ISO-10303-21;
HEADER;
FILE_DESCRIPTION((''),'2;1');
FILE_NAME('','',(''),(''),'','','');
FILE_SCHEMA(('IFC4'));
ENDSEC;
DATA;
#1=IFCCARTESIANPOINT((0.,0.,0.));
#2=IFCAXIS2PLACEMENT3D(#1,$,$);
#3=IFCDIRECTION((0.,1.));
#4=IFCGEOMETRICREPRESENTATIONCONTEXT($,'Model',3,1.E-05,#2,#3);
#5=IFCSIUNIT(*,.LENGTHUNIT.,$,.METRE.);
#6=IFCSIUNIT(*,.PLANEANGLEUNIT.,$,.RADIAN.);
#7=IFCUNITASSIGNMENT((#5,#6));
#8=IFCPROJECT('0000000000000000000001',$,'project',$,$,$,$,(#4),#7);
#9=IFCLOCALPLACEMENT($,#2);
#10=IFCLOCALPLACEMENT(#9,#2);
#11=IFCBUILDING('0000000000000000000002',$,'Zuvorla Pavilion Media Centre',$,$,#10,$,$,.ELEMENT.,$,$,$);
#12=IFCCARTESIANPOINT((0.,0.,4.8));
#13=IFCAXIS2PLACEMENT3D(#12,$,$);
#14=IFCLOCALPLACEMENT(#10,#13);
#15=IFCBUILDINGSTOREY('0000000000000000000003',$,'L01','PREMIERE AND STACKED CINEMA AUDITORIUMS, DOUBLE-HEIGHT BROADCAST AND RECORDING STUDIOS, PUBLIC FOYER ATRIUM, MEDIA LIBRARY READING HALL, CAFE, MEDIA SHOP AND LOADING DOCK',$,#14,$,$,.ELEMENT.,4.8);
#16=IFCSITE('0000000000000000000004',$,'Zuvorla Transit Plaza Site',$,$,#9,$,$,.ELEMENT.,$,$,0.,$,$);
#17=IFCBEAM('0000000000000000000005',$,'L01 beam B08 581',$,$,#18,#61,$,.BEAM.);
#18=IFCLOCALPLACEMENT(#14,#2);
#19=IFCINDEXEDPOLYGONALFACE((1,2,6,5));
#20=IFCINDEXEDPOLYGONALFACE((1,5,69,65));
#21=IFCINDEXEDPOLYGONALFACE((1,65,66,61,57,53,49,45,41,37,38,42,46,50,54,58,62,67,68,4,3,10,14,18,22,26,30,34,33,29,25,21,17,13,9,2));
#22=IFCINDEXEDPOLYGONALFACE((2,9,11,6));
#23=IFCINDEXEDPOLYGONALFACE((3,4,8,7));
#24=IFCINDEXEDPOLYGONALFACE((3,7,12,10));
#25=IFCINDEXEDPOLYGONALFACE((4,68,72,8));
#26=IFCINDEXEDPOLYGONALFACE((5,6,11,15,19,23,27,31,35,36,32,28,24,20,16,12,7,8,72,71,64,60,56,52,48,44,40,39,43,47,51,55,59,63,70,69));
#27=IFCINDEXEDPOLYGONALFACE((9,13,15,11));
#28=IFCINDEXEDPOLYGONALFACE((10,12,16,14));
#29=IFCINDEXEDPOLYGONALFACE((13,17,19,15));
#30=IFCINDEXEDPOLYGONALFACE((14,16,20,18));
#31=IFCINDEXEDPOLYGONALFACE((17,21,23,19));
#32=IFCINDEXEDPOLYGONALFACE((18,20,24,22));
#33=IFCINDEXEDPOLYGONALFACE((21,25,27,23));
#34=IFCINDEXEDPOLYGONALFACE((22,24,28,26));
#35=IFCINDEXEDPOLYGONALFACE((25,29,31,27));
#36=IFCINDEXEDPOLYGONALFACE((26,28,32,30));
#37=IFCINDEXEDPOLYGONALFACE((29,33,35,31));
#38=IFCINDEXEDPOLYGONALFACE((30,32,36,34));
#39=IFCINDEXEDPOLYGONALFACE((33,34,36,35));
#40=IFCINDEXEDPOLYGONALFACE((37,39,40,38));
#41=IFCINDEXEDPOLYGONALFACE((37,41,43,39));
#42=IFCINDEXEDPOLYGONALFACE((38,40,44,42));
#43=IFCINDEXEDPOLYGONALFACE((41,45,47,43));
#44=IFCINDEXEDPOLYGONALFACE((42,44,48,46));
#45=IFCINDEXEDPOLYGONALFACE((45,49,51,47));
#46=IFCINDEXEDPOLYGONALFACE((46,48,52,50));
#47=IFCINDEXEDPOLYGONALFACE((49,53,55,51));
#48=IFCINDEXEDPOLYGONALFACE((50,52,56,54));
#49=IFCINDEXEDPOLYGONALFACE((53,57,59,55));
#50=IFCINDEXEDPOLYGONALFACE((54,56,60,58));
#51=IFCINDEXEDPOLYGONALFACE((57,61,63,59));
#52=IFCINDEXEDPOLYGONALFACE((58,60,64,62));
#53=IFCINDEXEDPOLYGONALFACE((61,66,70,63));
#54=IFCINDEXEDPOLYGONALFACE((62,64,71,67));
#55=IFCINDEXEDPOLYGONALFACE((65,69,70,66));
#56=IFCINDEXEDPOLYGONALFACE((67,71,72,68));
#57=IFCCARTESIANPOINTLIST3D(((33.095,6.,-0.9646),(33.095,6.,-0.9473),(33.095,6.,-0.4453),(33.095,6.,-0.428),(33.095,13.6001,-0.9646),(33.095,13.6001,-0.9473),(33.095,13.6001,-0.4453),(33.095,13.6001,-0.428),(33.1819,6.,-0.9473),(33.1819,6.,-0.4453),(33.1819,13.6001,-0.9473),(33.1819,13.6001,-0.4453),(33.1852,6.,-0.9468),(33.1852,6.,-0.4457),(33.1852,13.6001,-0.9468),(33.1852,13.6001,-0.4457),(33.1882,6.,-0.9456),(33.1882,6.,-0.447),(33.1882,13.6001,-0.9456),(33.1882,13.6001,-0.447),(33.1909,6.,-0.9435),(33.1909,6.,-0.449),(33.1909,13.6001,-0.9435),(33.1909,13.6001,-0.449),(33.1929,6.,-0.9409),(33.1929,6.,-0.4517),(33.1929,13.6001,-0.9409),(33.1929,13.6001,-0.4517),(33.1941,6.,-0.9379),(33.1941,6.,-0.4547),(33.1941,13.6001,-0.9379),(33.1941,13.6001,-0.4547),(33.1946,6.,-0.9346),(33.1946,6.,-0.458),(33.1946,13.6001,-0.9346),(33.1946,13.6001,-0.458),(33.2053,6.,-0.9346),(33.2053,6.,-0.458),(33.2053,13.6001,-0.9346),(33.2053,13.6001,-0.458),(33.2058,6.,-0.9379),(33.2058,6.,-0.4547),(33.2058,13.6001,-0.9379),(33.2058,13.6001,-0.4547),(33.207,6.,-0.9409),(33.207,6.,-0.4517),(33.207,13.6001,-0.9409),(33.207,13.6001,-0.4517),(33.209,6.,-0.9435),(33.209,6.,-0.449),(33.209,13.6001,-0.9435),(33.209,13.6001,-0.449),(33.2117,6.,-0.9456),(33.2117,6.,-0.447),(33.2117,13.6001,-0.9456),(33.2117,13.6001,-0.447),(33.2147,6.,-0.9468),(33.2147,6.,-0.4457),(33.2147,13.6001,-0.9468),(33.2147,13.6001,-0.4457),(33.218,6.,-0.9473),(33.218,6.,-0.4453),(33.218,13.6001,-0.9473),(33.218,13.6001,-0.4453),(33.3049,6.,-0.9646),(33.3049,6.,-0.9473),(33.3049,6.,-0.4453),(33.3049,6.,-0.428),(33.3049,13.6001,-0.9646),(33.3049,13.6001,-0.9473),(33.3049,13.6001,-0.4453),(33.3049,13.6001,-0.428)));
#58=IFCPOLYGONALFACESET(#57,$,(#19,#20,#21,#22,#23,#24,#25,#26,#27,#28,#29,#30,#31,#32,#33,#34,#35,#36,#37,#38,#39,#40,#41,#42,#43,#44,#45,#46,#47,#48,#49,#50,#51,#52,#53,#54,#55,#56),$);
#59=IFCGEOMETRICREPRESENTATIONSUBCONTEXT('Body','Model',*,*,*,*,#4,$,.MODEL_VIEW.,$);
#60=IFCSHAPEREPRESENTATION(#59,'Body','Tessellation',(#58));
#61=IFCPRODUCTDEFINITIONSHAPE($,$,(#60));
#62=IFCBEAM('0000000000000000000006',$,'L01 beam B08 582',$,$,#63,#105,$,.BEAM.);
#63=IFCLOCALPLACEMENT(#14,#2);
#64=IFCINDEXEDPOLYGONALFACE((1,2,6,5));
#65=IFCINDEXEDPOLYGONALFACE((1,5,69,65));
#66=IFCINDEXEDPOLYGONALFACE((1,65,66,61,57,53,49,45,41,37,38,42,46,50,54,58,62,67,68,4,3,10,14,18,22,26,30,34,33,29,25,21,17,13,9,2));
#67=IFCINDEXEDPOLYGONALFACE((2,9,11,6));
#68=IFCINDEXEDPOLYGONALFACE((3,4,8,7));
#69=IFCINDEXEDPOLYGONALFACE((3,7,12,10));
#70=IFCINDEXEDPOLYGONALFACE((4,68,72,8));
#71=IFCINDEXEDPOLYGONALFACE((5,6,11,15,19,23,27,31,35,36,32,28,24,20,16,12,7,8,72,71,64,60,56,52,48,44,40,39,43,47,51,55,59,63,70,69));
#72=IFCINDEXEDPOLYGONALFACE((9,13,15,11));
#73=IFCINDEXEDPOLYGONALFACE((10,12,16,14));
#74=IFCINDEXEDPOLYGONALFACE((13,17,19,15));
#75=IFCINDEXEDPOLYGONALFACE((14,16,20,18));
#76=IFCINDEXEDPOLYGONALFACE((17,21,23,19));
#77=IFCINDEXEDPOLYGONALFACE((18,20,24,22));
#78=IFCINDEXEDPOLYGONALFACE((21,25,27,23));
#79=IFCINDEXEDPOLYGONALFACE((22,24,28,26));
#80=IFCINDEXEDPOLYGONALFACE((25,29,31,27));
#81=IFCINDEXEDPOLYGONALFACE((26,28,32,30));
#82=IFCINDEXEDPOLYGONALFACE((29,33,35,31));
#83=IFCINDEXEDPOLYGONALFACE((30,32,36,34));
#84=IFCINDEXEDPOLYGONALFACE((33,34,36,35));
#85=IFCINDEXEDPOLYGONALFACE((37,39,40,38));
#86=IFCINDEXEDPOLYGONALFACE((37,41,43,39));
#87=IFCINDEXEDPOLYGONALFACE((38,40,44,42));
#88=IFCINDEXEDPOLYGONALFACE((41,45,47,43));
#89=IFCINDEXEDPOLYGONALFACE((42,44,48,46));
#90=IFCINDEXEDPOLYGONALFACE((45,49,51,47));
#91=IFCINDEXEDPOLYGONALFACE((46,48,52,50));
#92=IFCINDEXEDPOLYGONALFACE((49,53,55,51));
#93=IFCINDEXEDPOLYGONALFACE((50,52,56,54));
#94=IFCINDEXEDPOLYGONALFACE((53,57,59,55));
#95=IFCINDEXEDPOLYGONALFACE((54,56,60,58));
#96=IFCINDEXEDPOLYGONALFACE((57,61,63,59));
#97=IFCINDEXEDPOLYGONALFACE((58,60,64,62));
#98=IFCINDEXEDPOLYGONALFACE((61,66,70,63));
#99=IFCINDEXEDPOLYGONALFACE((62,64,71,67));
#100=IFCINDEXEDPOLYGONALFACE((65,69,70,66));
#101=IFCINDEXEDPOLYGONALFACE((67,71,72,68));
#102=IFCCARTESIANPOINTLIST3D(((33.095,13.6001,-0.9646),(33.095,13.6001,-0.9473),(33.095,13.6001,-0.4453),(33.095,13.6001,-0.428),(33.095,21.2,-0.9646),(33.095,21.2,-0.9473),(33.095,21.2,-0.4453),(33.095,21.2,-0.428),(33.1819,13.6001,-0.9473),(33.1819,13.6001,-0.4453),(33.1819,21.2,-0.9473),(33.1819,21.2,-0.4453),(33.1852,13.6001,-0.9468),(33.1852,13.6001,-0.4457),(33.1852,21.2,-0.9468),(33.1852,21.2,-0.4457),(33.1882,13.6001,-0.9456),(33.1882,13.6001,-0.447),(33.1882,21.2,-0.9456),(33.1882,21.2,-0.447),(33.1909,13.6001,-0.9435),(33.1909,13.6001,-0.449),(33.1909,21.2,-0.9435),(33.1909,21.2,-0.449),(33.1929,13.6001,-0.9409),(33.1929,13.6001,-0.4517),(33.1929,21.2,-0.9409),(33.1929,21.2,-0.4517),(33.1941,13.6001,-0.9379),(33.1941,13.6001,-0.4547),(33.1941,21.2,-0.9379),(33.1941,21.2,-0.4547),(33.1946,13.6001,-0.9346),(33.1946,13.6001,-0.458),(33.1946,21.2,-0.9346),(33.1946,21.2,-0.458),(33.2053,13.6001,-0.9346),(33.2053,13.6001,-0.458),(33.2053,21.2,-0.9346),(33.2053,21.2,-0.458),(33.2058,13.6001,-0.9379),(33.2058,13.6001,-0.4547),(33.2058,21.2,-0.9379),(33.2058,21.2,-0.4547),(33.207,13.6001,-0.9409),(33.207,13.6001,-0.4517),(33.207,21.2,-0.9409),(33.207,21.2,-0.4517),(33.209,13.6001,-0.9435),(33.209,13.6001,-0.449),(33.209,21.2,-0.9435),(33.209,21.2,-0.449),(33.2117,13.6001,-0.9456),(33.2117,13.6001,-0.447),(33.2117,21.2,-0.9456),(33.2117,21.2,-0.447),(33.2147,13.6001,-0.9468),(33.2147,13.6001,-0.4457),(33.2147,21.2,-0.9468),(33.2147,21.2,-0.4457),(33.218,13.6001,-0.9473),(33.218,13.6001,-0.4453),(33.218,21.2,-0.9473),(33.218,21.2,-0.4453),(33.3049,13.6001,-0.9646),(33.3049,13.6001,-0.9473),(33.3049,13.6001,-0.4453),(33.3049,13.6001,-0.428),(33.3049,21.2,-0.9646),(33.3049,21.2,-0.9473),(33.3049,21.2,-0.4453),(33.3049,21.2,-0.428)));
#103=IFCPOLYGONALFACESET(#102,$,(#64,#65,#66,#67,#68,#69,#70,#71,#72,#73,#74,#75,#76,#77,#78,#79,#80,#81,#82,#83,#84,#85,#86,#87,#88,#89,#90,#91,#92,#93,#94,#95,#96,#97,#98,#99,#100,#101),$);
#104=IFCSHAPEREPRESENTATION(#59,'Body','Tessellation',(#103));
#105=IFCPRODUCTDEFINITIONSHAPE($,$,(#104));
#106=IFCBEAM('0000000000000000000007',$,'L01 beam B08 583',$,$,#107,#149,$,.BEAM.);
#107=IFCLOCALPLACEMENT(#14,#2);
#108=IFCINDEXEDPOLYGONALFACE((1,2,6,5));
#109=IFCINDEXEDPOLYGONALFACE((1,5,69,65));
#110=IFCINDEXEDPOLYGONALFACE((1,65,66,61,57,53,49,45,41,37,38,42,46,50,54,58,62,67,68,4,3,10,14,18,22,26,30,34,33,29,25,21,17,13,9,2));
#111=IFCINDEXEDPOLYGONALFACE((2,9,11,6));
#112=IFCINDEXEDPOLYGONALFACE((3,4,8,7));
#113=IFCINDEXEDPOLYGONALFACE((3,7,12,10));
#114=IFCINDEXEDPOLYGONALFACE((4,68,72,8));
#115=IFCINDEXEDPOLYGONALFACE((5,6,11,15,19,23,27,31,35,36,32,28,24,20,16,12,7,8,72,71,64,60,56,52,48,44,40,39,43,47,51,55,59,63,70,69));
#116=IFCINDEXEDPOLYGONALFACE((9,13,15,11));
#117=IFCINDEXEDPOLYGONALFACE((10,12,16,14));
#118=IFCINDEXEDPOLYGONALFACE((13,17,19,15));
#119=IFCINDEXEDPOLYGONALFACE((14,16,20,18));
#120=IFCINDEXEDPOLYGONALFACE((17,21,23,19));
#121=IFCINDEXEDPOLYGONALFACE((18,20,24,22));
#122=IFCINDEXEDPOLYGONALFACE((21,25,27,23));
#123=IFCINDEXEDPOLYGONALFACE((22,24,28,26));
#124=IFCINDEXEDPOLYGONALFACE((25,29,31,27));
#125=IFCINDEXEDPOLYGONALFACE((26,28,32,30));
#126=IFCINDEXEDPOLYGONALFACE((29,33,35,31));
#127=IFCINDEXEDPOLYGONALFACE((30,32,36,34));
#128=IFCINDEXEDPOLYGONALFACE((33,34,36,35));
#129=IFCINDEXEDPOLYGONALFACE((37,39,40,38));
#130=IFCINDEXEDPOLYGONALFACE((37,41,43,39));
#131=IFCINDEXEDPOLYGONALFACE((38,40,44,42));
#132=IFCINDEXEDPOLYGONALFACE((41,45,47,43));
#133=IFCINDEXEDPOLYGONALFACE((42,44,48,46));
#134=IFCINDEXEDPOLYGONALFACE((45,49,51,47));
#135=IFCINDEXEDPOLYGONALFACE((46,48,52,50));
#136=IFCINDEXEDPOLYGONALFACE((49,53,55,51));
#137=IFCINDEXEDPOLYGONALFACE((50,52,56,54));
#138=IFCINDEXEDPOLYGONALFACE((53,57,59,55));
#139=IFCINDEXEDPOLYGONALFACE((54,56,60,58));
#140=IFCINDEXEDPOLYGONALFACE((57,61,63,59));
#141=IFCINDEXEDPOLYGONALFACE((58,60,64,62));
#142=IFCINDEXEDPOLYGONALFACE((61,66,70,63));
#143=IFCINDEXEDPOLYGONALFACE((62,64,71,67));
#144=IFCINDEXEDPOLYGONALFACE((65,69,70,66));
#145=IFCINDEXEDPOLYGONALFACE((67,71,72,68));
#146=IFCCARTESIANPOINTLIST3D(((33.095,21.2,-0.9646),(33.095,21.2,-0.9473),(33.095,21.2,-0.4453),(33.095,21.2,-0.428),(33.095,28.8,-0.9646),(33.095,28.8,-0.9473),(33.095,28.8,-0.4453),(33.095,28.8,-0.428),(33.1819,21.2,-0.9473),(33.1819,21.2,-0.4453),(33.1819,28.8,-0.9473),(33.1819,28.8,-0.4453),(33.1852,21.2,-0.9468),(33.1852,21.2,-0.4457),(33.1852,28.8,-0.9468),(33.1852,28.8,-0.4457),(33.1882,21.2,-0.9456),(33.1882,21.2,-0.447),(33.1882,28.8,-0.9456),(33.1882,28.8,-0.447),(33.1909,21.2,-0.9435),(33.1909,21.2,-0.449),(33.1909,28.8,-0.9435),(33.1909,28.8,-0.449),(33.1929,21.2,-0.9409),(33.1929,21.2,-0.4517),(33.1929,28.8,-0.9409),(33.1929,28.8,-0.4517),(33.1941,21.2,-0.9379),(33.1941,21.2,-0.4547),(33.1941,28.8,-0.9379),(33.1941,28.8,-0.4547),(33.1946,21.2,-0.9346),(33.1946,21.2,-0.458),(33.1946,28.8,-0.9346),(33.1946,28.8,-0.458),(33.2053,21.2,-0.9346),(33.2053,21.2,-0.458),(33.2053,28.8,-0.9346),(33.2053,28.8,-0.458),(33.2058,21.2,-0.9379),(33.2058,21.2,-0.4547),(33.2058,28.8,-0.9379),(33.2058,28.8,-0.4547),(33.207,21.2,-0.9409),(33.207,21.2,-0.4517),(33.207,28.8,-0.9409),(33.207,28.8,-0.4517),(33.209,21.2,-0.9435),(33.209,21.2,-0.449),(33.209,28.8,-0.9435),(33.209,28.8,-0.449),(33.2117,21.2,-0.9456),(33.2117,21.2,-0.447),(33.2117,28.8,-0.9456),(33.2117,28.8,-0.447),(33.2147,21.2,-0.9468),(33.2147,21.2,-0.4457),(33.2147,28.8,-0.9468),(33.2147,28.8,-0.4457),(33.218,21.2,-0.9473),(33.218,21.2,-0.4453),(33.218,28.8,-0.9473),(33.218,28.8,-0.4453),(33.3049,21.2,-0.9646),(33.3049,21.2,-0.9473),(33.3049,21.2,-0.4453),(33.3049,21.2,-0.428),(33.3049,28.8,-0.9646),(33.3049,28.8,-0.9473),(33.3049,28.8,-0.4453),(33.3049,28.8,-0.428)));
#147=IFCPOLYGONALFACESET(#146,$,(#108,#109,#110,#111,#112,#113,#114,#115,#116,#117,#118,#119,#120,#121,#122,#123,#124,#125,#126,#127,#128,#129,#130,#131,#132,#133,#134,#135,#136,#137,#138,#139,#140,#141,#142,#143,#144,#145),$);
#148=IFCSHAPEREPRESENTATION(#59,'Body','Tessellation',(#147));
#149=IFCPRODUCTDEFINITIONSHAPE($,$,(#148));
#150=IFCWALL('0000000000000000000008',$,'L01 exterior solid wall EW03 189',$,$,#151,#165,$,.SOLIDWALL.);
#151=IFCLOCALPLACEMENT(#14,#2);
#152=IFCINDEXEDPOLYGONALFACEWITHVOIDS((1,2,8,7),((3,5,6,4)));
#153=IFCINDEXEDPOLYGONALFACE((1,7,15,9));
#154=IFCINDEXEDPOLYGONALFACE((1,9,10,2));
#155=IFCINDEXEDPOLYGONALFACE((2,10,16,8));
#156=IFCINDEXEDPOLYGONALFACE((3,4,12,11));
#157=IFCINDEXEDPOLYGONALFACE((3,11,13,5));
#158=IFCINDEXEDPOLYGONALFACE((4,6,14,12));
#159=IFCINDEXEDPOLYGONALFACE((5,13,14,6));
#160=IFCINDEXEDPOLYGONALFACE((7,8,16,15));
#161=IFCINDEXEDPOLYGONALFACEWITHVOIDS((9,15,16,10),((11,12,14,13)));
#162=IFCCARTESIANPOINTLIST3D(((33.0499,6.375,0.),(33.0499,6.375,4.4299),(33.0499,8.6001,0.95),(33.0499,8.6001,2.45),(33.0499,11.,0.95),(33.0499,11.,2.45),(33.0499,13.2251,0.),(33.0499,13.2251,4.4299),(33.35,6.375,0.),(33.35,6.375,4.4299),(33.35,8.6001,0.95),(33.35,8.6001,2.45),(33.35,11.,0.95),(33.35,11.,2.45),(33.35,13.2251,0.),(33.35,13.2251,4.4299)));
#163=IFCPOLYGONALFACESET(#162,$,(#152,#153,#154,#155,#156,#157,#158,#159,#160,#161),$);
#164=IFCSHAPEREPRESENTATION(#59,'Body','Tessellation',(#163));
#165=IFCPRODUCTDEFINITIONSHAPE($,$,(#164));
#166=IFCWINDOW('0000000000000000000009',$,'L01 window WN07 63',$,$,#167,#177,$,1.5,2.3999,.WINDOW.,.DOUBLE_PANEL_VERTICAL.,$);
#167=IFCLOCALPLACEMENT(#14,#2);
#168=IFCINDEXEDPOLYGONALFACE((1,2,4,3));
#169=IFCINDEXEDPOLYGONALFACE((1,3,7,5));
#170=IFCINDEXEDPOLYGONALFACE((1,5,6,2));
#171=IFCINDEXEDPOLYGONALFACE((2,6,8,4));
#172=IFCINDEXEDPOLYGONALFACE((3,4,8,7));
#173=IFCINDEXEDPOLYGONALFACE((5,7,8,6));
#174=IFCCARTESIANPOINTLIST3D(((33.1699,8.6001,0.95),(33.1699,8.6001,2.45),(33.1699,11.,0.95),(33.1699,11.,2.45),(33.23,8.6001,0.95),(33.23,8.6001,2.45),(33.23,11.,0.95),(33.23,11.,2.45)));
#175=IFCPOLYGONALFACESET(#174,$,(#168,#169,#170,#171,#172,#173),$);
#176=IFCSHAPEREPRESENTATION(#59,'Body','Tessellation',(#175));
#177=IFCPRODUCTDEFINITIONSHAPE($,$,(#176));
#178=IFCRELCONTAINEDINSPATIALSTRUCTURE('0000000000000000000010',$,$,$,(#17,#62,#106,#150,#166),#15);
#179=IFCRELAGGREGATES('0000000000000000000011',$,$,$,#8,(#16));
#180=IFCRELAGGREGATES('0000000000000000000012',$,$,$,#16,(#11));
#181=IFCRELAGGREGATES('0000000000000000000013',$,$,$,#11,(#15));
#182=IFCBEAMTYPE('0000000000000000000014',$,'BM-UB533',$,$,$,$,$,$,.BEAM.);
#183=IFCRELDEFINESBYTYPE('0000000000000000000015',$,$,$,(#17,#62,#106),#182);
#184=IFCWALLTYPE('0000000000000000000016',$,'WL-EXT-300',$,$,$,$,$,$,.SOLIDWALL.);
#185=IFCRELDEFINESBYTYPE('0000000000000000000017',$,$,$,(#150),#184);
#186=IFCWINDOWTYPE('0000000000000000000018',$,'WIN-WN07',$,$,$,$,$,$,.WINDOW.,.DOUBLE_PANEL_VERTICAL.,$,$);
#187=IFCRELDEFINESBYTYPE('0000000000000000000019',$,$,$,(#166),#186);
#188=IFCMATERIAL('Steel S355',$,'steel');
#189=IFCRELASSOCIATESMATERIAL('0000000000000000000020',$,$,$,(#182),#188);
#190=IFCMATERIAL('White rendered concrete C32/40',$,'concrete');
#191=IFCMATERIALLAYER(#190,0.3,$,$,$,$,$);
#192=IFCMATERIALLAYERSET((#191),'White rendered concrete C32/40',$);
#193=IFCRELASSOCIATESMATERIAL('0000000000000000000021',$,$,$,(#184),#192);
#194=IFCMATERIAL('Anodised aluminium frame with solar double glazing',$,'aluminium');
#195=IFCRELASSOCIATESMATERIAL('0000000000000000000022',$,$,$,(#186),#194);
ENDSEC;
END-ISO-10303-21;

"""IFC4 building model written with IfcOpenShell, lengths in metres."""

from ifc_helpers import new_model, si_unit, direction, frame, frame_2d, origin, origin_2d, place, context, subcontext, project, spatial, rectangle, i_section, extrude, material, layer, layer_set, material_profile, profile_set, type_object, element, fill, save


model = new_model("IFC4")

# Units and contexts
model_context = context("Model", 3, precision=1e-05, world=origin(), true_north=direction((0.0, 1.0)))
body_context = subcontext(model_context, "Body", "Model", "MODEL_VIEW")
ifc_project = project(units=[si_unit("LENGTHUNIT", "METRE"), si_unit("PLANEANGLEUNIT", "RADIAN")], contexts=[model_context])

# Site, building, storey
site_placement = place(None, origin())
site = spatial("IfcSite", under=ifc_project, at=site_placement, Name="Zuvorla Transit Plaza Site", CompositionType="ELEMENT", RefElevation=0.0)
building_placement = place(site_placement, origin())
building = spatial("IfcBuilding", under=site, at=building_placement, Name="Zuvorla Pavilion Media Centre", CompositionType="ELEMENT")
storey_placement = place(building_placement, frame((0.0, 0.0, 4.8)))
storey = spatial("IfcBuildingStorey", under=building, at=storey_placement, Name="L01", Description="PREMIERE AND STACKED CINEMA AUDITORIUMS, DOUBLE-HEIGHT BROADCAST AND RECORDING STUDIOS, PUBLIC FOYER ATRIUM, MEDIA LIBRARY READING HALL, CAFE, MEDIA SHOP AND LOADING DOCK", CompositionType="ELEMENT", Elevation=4.8)

# Beams
ifc_material_1 = material(Name="Steel S355", Category="steel")
ifc_material_profile_1 = material_profile(ifc_material_1, i_section(OverallWidth=0.21, OverallDepth=0.5366, WebThickness=0.0107, FlangeThickness=0.0173, FilletRadius=0.0127, at=origin_2d()), Name="UB 533x210x101")
ifc_profile_set_1 = profile_set([ifc_material_profile_1], Name="Steel S355")
beam_type_1 = type_object("IfcBeamType", Name="BM-UB533", PredefinedType="BEAM", material=ifc_profile_set_1)
beam_1_placement = place(storey_placement, frame((33.2, 6.0, -0.6963), z_axis=(0.0, 1.0, 0.0), x_axis=(-1.0, 0.0, 0.0)))
element("IfcBeam", 1, at=beam_1_placement, inside=storey, type_object=beam_type_1, Name="L01 beam B08 581", PredefinedType="BEAM", context=body_context, shape_type="SweptSolid", body=[
    extrude(i_section(OverallWidth=0.21, OverallDepth=0.5366, WebThickness=0.0107, FlangeThickness=0.0173, FilletRadius=0.0127, at=origin_2d()), origin(), (0.0, 0.0, 1.0), 7.6001),
])
beam_2_placement = place(storey_placement, frame((33.2, 13.6001, -0.6963), z_axis=(0.0, 1.0, 0.0), x_axis=(-1.0, 0.0, 0.0)))
element("IfcBeam", 2, at=beam_2_placement, inside=storey, type_object=beam_type_1, Name="L01 beam B08 582", PredefinedType="BEAM", context=body_context, shape_type="SweptSolid", body=[
    extrude(i_section(OverallWidth=0.21, OverallDepth=0.5366, WebThickness=0.0107, FlangeThickness=0.0173, FilletRadius=0.0127, at=origin_2d()), origin(), (0.0, 0.0, 1.0), 7.5999),
])
beam_3_placement = place(storey_placement, frame((33.2, 21.2, -0.6963), z_axis=(0.0, 1.0, 0.0), x_axis=(-1.0, 0.0, 0.0)))
element("IfcBeam", 3, at=beam_3_placement, inside=storey, type_object=beam_type_1, Name="L01 beam B08 583", PredefinedType="BEAM", context=body_context, shape_type="SweptSolid", body=[
    extrude(i_section(OverallWidth=0.21, OverallDepth=0.5366, WebThickness=0.0107, FlangeThickness=0.0173, FilletRadius=0.0127, at=origin_2d()), origin(), (0.0, 0.0, 1.0), 7.6001),
])

# Wall, opening, window
ifc_material_2 = material(Name="White rendered concrete C32/40", Category="concrete")
ifc_layer_1 = layer(ifc_material_2, 0.3)
ifc_layer_set_1 = layer_set([ifc_layer_1], Name="White rendered concrete C32/40")
wall_type = type_object("IfcWallType", Name="WL-EXT-300", PredefinedType="SOLIDWALL", material=ifc_layer_set_1)
wall_1_placement = place(storey_placement, frame((33.2, 6.375, 0.0), z_axis=(0.0, 0.0, 1.0), x_axis=(0.0, 1.0, 0.0)))
wall_1 = element("IfcWall", 4, at=wall_1_placement, inside=storey, type_object=wall_type, Name="L01 exterior solid wall EW03 189", PredefinedType="SOLIDWALL", context=body_context, shape_type="SweptSolid", body=[
    extrude(rectangle(XDim=6.8501, YDim=0.3, at=frame_2d((3.425, 0.0))), origin(), (0.0, 0.0, 1.0), 4.4299),
])
opening_1_placement = place(wall_1_placement, frame((2.2251, 0.0, 0.95)))
opening_1 = element("IfcOpeningElement", 5, at=opening_1_placement, cuts=wall_1, PredefinedType="OPENING", context=body_context, shape_type="SweptSolid", body=[
    extrude(rectangle(XDim=2.3999, YDim=1.5, at=frame_2d((1.2, 0.75))), frame((0.0, 0.1599, 0.0), z_axis=(0.0, -1.0, 0.0), x_axis=(1.0, 0.0, 0.0)), (0.0, 0.0, 1.0), 0.3201),
])
ifc_material_3 = material(Name="Anodised aluminium frame with solar double glazing", Category="aluminium")
window_type_1 = type_object("IfcWindowType", Name="WIN-WN07", PartitioningType="DOUBLE_PANEL_VERTICAL", PredefinedType="WINDOW", material=ifc_material_3)
window_1_placement = place(opening_1_placement, origin())
window_1 = element("IfcWindow", 6, at=window_1_placement, inside=storey, type_object=window_type_1, Name="L01 window WN07 63", OverallHeight=1.5, OverallWidth=2.3999, PartitioningType="DOUBLE_PANEL_VERTICAL", PredefinedType="WINDOW", context=body_context, shape_type="SweptSolid", body=[
    extrude(rectangle(XDim=2.3999, YDim=1.5, at=frame_2d((1.2, 0.75))), frame((0.0, 0.03, 0.0), z_axis=(0.0, -1.0, 0.0), x_axis=(1.0, 0.0, 0.0)), (0.0, 0.0, 1.0), 0.0601),
])
fill(opening_1, window_1)

save(model, "model.ifc")
